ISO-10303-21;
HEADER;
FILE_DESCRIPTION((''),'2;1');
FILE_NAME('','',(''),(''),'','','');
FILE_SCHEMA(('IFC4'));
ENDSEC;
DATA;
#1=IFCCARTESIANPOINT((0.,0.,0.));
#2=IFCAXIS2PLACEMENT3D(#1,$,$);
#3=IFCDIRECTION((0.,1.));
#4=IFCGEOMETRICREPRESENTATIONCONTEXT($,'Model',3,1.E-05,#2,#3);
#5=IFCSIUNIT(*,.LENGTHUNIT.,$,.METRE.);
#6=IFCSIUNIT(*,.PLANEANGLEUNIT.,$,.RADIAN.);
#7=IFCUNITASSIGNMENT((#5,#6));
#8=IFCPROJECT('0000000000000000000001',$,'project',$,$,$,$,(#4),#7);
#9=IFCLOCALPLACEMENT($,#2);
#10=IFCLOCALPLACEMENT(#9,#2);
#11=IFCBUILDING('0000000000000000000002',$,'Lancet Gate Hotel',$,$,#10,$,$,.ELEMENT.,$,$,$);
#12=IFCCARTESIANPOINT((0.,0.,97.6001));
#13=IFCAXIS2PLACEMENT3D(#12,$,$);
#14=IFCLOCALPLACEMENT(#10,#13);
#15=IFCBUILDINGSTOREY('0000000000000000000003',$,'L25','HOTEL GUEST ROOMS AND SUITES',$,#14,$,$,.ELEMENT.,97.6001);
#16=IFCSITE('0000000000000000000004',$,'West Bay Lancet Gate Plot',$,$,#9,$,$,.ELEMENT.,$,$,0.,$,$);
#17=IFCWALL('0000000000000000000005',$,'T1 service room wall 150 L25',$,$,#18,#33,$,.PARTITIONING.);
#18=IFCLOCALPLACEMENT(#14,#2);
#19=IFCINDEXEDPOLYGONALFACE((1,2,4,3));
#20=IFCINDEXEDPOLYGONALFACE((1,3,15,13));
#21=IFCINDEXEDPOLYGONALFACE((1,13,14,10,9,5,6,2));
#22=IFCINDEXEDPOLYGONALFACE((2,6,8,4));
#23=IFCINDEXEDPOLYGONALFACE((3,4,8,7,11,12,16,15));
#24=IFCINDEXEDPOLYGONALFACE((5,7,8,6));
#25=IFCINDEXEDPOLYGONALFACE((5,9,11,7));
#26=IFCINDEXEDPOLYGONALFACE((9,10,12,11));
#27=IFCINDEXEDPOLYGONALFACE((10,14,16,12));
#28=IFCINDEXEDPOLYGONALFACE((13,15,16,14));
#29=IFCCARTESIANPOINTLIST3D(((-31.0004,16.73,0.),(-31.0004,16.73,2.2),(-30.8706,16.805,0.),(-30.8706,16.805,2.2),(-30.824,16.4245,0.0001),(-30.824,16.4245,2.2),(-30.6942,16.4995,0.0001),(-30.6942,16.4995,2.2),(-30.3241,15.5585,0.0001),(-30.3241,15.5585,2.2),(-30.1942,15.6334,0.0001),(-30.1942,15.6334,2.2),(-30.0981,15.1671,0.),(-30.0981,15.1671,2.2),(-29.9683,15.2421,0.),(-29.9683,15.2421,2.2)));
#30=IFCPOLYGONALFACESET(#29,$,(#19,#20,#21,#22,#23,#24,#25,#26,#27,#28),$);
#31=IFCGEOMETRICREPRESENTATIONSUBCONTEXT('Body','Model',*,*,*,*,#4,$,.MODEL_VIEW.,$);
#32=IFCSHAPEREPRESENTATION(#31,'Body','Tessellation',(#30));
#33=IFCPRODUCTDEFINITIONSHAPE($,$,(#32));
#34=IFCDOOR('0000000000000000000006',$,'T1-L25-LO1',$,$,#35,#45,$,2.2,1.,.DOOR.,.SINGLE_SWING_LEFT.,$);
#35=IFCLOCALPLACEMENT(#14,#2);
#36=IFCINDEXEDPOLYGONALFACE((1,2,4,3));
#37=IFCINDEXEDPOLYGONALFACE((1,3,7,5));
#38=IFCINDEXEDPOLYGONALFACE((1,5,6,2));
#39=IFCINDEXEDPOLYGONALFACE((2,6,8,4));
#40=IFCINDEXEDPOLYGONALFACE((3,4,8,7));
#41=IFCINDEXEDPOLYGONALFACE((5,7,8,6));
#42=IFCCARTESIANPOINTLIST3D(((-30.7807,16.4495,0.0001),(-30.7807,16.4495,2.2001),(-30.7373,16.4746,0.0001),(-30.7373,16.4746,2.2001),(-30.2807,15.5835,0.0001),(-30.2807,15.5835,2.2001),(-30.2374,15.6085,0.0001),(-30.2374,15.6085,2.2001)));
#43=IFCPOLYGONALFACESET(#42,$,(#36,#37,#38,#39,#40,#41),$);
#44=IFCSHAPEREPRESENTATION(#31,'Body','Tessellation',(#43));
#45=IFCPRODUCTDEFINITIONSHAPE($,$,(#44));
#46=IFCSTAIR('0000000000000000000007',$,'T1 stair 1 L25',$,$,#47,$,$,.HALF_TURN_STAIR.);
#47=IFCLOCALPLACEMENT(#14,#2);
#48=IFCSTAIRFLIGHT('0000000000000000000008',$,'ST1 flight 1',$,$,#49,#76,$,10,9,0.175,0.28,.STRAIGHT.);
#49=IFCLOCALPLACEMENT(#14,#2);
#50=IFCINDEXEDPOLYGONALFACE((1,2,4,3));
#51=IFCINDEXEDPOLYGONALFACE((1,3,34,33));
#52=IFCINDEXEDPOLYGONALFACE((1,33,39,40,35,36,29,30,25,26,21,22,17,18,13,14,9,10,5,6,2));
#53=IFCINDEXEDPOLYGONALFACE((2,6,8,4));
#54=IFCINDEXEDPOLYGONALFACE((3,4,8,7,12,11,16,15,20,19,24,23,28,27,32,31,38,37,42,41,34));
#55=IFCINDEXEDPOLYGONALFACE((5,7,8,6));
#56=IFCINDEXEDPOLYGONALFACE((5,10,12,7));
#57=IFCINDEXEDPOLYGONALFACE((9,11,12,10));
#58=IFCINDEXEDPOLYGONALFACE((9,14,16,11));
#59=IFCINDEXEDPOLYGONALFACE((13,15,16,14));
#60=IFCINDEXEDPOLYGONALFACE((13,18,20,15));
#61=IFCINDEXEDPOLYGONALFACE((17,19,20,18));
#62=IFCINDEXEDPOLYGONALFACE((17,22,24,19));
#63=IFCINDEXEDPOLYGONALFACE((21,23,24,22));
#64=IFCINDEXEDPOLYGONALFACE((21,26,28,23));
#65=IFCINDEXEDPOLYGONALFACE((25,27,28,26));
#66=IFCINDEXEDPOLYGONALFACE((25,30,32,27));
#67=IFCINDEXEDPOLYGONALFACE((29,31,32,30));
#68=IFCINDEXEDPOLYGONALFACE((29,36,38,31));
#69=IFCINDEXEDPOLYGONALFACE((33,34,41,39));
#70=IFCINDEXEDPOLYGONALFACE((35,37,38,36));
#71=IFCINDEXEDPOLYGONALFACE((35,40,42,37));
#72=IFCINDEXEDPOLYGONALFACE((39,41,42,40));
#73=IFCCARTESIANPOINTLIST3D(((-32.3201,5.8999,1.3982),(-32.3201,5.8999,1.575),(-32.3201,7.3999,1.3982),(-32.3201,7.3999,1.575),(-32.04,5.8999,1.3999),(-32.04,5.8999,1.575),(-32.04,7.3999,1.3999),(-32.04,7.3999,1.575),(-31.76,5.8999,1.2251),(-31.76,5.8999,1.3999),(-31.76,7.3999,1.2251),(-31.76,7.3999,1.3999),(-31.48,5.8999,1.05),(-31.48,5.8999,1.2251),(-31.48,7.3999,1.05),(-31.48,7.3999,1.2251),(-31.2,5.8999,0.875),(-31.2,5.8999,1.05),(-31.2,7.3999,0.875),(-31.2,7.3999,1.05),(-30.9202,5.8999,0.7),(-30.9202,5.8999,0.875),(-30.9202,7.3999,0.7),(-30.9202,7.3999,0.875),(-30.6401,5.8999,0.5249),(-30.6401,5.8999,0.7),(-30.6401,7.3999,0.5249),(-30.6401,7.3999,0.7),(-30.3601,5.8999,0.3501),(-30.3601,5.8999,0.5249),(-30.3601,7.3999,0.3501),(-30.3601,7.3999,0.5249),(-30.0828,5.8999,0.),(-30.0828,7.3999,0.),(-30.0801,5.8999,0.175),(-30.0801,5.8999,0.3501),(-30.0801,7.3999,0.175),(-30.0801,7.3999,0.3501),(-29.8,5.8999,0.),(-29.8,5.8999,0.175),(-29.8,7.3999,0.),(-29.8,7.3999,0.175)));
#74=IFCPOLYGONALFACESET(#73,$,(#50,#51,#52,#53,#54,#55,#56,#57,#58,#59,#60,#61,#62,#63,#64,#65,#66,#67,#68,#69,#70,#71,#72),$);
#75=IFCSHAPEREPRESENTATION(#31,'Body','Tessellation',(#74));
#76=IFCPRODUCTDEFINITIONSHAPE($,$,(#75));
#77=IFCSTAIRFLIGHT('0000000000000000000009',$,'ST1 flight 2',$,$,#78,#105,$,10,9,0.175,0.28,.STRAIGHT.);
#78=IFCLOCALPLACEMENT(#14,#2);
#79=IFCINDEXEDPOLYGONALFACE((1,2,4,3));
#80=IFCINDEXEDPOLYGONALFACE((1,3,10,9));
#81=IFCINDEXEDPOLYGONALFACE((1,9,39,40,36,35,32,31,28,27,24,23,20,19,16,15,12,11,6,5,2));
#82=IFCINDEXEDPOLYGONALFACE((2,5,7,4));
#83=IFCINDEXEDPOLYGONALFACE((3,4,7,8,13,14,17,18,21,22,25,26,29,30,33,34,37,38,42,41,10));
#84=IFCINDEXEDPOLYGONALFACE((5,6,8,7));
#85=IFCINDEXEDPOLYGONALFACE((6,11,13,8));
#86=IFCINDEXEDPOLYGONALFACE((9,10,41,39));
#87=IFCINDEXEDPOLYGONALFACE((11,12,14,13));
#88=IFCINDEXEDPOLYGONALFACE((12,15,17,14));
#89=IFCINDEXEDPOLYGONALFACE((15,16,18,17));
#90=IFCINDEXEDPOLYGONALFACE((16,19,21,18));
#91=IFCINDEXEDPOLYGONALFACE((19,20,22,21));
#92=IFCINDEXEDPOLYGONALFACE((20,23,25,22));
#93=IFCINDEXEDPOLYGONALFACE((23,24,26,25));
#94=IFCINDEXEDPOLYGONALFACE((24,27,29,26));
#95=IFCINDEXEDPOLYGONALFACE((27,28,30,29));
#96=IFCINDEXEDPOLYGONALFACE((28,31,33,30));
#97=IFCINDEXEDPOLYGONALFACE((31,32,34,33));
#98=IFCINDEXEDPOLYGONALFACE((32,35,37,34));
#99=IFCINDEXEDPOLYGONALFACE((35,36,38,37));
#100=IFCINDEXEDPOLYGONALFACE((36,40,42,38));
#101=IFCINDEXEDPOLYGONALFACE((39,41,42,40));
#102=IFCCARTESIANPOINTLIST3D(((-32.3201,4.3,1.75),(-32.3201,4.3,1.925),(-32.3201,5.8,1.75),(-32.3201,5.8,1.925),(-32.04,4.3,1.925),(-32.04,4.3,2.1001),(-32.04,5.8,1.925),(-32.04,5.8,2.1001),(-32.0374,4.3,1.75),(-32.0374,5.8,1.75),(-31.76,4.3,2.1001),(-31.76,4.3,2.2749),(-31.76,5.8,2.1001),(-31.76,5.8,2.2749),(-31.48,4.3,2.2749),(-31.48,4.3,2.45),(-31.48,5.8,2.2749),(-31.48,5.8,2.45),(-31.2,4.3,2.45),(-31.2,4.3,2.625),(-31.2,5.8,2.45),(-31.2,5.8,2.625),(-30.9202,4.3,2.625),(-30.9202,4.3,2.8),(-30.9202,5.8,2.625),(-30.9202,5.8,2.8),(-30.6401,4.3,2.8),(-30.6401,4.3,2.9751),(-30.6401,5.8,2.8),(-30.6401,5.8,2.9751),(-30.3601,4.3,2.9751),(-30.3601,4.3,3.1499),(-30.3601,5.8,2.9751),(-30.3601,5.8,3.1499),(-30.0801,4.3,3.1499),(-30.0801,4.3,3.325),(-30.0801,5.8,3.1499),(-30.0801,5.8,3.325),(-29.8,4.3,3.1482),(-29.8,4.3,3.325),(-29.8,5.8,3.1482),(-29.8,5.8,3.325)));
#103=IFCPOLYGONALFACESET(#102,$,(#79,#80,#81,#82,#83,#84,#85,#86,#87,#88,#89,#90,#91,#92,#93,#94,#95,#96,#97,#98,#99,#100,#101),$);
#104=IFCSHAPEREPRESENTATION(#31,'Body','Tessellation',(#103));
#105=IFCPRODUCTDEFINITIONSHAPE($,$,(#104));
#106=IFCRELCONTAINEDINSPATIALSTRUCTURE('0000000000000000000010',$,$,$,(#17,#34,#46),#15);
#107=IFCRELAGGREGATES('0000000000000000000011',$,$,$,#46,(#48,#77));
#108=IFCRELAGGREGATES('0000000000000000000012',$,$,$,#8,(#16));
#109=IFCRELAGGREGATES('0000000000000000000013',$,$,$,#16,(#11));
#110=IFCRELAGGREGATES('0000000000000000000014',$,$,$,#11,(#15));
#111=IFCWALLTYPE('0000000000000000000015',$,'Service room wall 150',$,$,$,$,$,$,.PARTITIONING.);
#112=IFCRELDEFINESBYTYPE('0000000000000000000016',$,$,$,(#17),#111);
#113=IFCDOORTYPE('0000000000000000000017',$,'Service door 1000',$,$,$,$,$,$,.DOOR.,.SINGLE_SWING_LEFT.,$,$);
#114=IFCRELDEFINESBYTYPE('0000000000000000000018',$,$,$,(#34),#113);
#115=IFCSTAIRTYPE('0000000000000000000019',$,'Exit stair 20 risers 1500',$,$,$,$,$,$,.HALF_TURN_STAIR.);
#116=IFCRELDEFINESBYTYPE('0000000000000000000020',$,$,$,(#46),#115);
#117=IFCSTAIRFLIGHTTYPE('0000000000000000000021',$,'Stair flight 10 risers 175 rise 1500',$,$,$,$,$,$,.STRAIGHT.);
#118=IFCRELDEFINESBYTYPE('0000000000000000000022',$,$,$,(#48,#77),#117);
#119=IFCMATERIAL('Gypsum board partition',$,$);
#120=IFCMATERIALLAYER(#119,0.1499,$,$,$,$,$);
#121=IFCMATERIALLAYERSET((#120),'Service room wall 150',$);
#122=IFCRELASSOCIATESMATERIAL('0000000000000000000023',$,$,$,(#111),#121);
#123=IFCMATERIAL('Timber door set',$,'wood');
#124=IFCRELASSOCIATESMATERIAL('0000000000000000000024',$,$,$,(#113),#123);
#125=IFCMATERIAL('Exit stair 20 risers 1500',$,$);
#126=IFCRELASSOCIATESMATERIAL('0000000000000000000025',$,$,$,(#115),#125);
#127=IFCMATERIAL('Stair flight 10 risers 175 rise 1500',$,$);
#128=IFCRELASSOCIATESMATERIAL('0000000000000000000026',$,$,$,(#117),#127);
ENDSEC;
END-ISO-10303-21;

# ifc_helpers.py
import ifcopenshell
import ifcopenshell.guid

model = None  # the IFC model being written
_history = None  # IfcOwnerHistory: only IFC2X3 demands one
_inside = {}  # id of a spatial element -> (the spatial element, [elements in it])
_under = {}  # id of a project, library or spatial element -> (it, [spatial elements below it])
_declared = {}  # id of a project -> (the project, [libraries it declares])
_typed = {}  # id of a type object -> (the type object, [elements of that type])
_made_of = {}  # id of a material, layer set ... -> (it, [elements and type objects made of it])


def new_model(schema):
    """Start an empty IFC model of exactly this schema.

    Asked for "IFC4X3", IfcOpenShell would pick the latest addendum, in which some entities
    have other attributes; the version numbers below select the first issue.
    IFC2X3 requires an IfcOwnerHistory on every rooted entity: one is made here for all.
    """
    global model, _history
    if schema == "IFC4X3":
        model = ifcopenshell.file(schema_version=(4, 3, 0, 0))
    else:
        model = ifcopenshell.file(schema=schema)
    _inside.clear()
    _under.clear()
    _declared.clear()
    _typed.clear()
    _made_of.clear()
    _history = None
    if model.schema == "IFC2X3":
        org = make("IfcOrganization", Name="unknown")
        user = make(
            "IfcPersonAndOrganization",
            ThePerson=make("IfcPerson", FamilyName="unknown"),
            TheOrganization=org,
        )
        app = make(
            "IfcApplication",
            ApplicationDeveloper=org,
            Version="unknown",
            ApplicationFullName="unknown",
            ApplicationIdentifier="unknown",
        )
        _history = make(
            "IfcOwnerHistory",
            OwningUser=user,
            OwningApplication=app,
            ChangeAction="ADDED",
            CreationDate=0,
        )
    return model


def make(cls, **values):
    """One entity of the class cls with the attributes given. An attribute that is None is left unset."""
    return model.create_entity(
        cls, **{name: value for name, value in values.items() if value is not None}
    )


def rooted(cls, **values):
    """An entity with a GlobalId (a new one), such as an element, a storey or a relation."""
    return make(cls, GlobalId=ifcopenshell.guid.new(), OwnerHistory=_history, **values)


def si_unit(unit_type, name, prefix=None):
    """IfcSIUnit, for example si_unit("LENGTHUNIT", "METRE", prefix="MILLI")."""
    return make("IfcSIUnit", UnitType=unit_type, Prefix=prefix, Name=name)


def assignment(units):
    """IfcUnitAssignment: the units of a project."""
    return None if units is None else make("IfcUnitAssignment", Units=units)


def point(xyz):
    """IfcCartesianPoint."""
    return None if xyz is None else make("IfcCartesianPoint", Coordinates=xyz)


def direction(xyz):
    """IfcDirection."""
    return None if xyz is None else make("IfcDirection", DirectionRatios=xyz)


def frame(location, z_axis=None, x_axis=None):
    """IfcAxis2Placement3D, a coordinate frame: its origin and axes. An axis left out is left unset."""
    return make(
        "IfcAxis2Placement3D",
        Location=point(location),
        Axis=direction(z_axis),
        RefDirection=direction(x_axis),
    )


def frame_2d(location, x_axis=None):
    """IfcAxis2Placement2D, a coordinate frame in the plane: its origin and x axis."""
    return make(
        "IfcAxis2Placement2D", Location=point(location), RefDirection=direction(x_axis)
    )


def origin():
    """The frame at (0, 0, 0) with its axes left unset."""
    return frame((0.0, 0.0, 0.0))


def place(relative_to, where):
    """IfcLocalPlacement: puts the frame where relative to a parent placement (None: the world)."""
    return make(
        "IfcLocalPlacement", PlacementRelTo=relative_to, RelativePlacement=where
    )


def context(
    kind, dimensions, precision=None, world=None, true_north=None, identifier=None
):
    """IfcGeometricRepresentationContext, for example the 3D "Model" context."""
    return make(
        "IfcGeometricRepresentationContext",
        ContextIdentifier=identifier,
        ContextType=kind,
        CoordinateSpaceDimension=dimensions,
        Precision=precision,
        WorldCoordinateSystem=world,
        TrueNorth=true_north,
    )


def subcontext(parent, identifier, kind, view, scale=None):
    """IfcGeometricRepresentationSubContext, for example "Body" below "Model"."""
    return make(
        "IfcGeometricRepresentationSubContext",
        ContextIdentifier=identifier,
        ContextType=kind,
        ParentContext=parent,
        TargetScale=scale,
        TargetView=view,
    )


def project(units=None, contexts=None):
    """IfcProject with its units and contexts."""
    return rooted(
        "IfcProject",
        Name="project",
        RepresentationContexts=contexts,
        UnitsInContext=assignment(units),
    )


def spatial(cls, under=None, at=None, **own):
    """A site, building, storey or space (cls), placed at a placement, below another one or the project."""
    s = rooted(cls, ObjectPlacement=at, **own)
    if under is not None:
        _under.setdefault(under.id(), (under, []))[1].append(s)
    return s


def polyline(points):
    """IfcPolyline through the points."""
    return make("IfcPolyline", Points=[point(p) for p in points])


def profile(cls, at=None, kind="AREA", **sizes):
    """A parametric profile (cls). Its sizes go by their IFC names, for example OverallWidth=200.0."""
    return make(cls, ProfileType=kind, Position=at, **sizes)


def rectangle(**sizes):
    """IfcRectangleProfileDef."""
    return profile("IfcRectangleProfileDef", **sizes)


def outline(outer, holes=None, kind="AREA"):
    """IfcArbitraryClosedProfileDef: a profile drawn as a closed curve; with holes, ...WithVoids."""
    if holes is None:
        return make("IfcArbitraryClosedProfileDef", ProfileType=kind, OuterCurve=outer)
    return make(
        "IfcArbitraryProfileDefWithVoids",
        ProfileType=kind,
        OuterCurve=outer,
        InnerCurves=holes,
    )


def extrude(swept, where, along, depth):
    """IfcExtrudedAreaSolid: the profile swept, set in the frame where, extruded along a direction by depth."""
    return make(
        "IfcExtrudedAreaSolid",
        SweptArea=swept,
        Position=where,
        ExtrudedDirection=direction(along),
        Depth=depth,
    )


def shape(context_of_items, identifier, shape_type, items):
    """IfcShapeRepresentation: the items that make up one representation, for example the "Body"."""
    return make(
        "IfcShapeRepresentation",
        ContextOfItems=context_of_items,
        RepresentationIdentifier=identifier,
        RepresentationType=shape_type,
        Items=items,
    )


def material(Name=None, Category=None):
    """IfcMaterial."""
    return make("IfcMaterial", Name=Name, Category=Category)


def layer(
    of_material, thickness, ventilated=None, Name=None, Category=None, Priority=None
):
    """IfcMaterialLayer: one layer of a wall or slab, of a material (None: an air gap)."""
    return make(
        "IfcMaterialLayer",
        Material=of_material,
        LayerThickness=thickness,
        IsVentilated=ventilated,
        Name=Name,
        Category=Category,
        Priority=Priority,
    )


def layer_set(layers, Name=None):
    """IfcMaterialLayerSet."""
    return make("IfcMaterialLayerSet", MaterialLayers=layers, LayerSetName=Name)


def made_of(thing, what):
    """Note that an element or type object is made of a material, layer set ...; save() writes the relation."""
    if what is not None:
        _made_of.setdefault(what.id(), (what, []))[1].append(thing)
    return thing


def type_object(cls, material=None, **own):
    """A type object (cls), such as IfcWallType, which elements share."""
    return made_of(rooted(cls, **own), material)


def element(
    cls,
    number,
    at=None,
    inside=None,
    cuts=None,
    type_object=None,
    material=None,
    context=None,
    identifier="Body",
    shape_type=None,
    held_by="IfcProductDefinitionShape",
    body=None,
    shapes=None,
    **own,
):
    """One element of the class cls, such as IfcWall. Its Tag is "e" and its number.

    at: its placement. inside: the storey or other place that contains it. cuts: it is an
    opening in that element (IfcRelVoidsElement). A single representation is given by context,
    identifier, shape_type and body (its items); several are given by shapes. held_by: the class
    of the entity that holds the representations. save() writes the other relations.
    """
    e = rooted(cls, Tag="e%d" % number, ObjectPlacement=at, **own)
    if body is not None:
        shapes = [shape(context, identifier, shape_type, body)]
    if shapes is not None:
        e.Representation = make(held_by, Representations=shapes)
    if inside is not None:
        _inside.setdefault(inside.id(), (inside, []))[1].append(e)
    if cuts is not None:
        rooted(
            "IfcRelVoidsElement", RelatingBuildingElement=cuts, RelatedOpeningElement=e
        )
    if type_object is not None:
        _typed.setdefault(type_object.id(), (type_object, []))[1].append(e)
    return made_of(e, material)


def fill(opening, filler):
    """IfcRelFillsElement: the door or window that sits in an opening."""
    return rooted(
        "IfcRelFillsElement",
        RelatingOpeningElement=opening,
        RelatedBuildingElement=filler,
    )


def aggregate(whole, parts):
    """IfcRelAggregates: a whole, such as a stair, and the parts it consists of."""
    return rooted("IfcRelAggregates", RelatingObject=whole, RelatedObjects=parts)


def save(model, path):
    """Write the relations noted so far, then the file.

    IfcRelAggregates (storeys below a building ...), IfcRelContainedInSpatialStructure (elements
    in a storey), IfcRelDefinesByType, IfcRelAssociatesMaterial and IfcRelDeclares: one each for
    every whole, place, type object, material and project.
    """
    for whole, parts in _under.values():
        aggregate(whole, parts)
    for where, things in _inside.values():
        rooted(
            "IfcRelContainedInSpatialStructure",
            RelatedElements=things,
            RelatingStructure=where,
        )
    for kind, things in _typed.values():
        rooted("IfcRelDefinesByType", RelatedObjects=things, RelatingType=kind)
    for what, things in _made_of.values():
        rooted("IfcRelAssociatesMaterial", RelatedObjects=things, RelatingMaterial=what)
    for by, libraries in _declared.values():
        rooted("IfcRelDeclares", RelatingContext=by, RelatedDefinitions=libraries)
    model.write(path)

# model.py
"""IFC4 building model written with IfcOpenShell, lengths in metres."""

from ifc_helpers import new_model, si_unit, direction, frame, frame_2d, origin, place, context, subcontext, project, spatial, polyline, rectangle, outline, extrude, material, layer, layer_set, type_object, element, fill, aggregate, save


model = new_model("IFC4")

# Units and contexts
model_context = context("Model", 3, precision=1e-05, world=origin(), true_north=direction((0.0, 1.0)))
body_context = subcontext(model_context, "Body", "Model", "MODEL_VIEW")
ifc_project = project(units=[si_unit("LENGTHUNIT", "METRE"), si_unit("PLANEANGLEUNIT", "RADIAN")], contexts=[model_context])

# Site, building, storey
site_placement = place(None, origin())
site = spatial("IfcSite", under=ifc_project, at=site_placement, Name="West Bay Lancet Gate Plot", CompositionType="ELEMENT", RefElevation=0.0)
building_placement = place(site_placement, origin())
building = spatial("IfcBuilding", under=site, at=building_placement, Name="Lancet Gate Hotel", CompositionType="ELEMENT")
storey_placement = place(building_placement, frame((0.0, 0.0, 97.6001)))
storey = spatial("IfcBuildingStorey", under=building, at=storey_placement, Name="L25", Description="HOTEL GUEST ROOMS AND SUITES", CompositionType="ELEMENT", Elevation=97.6001)

# Wall, opening, door
ifc_material_1 = material(Name="Gypsum board partition")
ifc_layer_1 = layer(ifc_material_1, 0.1499)
ifc_layer_set_1 = layer_set([ifc_layer_1], Name="Service room wall 150")
wall_type_1 = type_object("IfcWallType", Name="Service room wall 150", PredefinedType="PARTITIONING", material=ifc_layer_set_1)
wall_1_placement = place(storey_placement, frame((-30.0332, 15.2046, 0.0), z_axis=(0.0, 0.0, 1.0), x_axis=(-0.49998, 0.866037, 0.0)))
wall_1 = element("IfcWall", 1, at=wall_1_placement, inside=storey, type_object=wall_type_1, Name="T1 service room wall 150 L25", PredefinedType="PARTITIONING", context=body_context, shape_type="SweptSolid", body=[
    extrude(rectangle(XDim=1.8047, YDim=0.1499, at=frame_2d((0.9023, 0.0))), origin(), (0.0, 0.0, 1.0), 2.2),
])
opening_1_placement = place(wall_1_placement, frame((0.4519, 0.0, 0.0)))
opening_1 = element("IfcOpeningElement", 2, at=opening_1_placement, cuts=wall_1, PredefinedType="OPENING", context=body_context, shape_type="SweptSolid", body=[
    extrude(rectangle(XDim=1.0, YDim=2.2, at=frame_2d((0.5, 1.1001))), frame((0.0, 0.085, 0.0), z_axis=(0.0, -1.0, 0.0), x_axis=(1.0, 0.0, 0.0)), (0.0, 0.0, 1.0), 0.1699),
])
ifc_material_2 = material(Name="Timber door set", Category="wood")
door_type_1 = type_object("IfcDoorType", Name="Service door 1000", OperationType="SINGLE_SWING_LEFT", PredefinedType="DOOR", material=ifc_material_2)
door_1_placement = place(opening_1_placement, origin())
door_1 = element("IfcDoor", 3, at=door_1_placement, inside=storey, type_object=door_type_1, Name="T1-L25-LO1", OperationType="SINGLE_SWING_LEFT", OverallHeight=2.2, OverallWidth=1.0, PredefinedType="DOOR", context=body_context, shape_type="SweptSolid", body=[
    extrude(rectangle(XDim=1.0, YDim=2.2, at=frame_2d((0.5, 1.1001))), frame((0.0, 0.0249, 0.0), z_axis=(0.0, -1.0, 0.0), x_axis=(1.0, 0.0, 0.0)), (0.0, 0.0, 1.0), 0.05),
])
fill(opening_1, door_1)

# Stair, stair flights
ifc_material_3 = material(Name="Exit stair 20 risers 1500")
stair_type = type_object("IfcStairType", Name="Exit stair 20 risers 1500", PredefinedType="HALF_TURN_STAIR", material=ifc_material_3)
stair_placement = place(storey_placement, origin())
stair = element("IfcStair", 4, at=stair_placement, inside=storey, type_object=stair_type, Name="T1 stair 1 L25", PredefinedType="HALF_TURN_STAIR")
ifc_material_4 = material(Name="Stair flight 10 risers 175 rise 1500")
stair_flight_type = type_object("IfcStairFlightType", Name="Stair flight 10 risers 175 rise 1500", PredefinedType="STRAIGHT", material=ifc_material_4)
stair_flight_1_placement = place(storey_placement, frame((-29.8, 6.6499, 0.0), z_axis=(0.0, 0.0, 1.0), x_axis=(-1.0, 0.0, 0.0)))
stair_flight_1 = element("IfcStairFlight", 5, at=stair_flight_1_placement, type_object=stair_flight_type, Name="ST1 flight 1", NumberOfRisers=10, NumberOfTreads=9, PredefinedType="STRAIGHT", RiserHeight=0.175, TreadLength=0.28, context=body_context, shape_type="SweptSolid", body=[
    extrude(outline(polyline([(0.0, 0.0), (0.0, 0.175), (0.28, 0.175), (0.28, 0.3501), (0.5601, 0.3501), (0.5601, 0.5249), (0.8401, 0.5249), (0.8401, 0.7), (1.1201, 0.7), (1.1201, 0.875), (1.3999, 0.875), (1.3999, 1.05), (1.6799, 1.05), (1.6799, 1.2251), (1.96, 1.2251), (1.96, 1.3999), (2.24, 1.3999), (2.24, 1.575), (2.52, 1.575), (2.52, 1.75), (2.52, 1.3982), (0.2827, 0.0), (0.0, 0.0)])), frame((0.0, 0.75, 0.0), z_axis=(0.0, -1.0, 0.0), x_axis=(1.0, 0.0, 0.0)), (0.0, 0.0, 1.0), 1.5),
])
stair_flight_2_placement = place(storey_placement, frame((-32.3201, 5.05, 1.75), z_axis=(0.0, 0.0, 1.0), x_axis=(1.0, 0.0, 0.0)))
stair_flight_2 = element("IfcStairFlight", 6, at=stair_flight_2_placement, type_object=stair_flight_type, Name="ST1 flight 2", NumberOfRisers=10, NumberOfTreads=9, PredefinedType="STRAIGHT", RiserHeight=0.175, TreadLength=0.28, context=body_context, shape_type="SweptSolid", body=[
    extrude(outline(polyline([(0.0, 0.0), (0.0, 0.175), (0.28, 0.175), (0.28, 0.3501), (0.5601, 0.3501), (0.5601, 0.5249), (0.8401, 0.5249), (0.8401, 0.7), (1.1201, 0.7), (1.1201, 0.875), (1.3999, 0.875), (1.3999, 1.05), (1.6799, 1.05), (1.6799, 1.2251), (1.96, 1.2251), (1.96, 1.3999), (2.24, 1.3999), (2.24, 1.575), (2.52, 1.575), (2.52, 1.75), (2.52, 1.3982), (0.2827, 0.0), (0.0, 0.0)])), frame((0.0, 0.75, 0.0), z_axis=(0.0, -1.0, 0.0), x_axis=(1.0, 0.0, 0.0)), (0.0, 0.0, 1.0), 1.5),
])
aggregate(stair, [stair_flight_1, stair_flight_2])

save(model, "model.ifc")
